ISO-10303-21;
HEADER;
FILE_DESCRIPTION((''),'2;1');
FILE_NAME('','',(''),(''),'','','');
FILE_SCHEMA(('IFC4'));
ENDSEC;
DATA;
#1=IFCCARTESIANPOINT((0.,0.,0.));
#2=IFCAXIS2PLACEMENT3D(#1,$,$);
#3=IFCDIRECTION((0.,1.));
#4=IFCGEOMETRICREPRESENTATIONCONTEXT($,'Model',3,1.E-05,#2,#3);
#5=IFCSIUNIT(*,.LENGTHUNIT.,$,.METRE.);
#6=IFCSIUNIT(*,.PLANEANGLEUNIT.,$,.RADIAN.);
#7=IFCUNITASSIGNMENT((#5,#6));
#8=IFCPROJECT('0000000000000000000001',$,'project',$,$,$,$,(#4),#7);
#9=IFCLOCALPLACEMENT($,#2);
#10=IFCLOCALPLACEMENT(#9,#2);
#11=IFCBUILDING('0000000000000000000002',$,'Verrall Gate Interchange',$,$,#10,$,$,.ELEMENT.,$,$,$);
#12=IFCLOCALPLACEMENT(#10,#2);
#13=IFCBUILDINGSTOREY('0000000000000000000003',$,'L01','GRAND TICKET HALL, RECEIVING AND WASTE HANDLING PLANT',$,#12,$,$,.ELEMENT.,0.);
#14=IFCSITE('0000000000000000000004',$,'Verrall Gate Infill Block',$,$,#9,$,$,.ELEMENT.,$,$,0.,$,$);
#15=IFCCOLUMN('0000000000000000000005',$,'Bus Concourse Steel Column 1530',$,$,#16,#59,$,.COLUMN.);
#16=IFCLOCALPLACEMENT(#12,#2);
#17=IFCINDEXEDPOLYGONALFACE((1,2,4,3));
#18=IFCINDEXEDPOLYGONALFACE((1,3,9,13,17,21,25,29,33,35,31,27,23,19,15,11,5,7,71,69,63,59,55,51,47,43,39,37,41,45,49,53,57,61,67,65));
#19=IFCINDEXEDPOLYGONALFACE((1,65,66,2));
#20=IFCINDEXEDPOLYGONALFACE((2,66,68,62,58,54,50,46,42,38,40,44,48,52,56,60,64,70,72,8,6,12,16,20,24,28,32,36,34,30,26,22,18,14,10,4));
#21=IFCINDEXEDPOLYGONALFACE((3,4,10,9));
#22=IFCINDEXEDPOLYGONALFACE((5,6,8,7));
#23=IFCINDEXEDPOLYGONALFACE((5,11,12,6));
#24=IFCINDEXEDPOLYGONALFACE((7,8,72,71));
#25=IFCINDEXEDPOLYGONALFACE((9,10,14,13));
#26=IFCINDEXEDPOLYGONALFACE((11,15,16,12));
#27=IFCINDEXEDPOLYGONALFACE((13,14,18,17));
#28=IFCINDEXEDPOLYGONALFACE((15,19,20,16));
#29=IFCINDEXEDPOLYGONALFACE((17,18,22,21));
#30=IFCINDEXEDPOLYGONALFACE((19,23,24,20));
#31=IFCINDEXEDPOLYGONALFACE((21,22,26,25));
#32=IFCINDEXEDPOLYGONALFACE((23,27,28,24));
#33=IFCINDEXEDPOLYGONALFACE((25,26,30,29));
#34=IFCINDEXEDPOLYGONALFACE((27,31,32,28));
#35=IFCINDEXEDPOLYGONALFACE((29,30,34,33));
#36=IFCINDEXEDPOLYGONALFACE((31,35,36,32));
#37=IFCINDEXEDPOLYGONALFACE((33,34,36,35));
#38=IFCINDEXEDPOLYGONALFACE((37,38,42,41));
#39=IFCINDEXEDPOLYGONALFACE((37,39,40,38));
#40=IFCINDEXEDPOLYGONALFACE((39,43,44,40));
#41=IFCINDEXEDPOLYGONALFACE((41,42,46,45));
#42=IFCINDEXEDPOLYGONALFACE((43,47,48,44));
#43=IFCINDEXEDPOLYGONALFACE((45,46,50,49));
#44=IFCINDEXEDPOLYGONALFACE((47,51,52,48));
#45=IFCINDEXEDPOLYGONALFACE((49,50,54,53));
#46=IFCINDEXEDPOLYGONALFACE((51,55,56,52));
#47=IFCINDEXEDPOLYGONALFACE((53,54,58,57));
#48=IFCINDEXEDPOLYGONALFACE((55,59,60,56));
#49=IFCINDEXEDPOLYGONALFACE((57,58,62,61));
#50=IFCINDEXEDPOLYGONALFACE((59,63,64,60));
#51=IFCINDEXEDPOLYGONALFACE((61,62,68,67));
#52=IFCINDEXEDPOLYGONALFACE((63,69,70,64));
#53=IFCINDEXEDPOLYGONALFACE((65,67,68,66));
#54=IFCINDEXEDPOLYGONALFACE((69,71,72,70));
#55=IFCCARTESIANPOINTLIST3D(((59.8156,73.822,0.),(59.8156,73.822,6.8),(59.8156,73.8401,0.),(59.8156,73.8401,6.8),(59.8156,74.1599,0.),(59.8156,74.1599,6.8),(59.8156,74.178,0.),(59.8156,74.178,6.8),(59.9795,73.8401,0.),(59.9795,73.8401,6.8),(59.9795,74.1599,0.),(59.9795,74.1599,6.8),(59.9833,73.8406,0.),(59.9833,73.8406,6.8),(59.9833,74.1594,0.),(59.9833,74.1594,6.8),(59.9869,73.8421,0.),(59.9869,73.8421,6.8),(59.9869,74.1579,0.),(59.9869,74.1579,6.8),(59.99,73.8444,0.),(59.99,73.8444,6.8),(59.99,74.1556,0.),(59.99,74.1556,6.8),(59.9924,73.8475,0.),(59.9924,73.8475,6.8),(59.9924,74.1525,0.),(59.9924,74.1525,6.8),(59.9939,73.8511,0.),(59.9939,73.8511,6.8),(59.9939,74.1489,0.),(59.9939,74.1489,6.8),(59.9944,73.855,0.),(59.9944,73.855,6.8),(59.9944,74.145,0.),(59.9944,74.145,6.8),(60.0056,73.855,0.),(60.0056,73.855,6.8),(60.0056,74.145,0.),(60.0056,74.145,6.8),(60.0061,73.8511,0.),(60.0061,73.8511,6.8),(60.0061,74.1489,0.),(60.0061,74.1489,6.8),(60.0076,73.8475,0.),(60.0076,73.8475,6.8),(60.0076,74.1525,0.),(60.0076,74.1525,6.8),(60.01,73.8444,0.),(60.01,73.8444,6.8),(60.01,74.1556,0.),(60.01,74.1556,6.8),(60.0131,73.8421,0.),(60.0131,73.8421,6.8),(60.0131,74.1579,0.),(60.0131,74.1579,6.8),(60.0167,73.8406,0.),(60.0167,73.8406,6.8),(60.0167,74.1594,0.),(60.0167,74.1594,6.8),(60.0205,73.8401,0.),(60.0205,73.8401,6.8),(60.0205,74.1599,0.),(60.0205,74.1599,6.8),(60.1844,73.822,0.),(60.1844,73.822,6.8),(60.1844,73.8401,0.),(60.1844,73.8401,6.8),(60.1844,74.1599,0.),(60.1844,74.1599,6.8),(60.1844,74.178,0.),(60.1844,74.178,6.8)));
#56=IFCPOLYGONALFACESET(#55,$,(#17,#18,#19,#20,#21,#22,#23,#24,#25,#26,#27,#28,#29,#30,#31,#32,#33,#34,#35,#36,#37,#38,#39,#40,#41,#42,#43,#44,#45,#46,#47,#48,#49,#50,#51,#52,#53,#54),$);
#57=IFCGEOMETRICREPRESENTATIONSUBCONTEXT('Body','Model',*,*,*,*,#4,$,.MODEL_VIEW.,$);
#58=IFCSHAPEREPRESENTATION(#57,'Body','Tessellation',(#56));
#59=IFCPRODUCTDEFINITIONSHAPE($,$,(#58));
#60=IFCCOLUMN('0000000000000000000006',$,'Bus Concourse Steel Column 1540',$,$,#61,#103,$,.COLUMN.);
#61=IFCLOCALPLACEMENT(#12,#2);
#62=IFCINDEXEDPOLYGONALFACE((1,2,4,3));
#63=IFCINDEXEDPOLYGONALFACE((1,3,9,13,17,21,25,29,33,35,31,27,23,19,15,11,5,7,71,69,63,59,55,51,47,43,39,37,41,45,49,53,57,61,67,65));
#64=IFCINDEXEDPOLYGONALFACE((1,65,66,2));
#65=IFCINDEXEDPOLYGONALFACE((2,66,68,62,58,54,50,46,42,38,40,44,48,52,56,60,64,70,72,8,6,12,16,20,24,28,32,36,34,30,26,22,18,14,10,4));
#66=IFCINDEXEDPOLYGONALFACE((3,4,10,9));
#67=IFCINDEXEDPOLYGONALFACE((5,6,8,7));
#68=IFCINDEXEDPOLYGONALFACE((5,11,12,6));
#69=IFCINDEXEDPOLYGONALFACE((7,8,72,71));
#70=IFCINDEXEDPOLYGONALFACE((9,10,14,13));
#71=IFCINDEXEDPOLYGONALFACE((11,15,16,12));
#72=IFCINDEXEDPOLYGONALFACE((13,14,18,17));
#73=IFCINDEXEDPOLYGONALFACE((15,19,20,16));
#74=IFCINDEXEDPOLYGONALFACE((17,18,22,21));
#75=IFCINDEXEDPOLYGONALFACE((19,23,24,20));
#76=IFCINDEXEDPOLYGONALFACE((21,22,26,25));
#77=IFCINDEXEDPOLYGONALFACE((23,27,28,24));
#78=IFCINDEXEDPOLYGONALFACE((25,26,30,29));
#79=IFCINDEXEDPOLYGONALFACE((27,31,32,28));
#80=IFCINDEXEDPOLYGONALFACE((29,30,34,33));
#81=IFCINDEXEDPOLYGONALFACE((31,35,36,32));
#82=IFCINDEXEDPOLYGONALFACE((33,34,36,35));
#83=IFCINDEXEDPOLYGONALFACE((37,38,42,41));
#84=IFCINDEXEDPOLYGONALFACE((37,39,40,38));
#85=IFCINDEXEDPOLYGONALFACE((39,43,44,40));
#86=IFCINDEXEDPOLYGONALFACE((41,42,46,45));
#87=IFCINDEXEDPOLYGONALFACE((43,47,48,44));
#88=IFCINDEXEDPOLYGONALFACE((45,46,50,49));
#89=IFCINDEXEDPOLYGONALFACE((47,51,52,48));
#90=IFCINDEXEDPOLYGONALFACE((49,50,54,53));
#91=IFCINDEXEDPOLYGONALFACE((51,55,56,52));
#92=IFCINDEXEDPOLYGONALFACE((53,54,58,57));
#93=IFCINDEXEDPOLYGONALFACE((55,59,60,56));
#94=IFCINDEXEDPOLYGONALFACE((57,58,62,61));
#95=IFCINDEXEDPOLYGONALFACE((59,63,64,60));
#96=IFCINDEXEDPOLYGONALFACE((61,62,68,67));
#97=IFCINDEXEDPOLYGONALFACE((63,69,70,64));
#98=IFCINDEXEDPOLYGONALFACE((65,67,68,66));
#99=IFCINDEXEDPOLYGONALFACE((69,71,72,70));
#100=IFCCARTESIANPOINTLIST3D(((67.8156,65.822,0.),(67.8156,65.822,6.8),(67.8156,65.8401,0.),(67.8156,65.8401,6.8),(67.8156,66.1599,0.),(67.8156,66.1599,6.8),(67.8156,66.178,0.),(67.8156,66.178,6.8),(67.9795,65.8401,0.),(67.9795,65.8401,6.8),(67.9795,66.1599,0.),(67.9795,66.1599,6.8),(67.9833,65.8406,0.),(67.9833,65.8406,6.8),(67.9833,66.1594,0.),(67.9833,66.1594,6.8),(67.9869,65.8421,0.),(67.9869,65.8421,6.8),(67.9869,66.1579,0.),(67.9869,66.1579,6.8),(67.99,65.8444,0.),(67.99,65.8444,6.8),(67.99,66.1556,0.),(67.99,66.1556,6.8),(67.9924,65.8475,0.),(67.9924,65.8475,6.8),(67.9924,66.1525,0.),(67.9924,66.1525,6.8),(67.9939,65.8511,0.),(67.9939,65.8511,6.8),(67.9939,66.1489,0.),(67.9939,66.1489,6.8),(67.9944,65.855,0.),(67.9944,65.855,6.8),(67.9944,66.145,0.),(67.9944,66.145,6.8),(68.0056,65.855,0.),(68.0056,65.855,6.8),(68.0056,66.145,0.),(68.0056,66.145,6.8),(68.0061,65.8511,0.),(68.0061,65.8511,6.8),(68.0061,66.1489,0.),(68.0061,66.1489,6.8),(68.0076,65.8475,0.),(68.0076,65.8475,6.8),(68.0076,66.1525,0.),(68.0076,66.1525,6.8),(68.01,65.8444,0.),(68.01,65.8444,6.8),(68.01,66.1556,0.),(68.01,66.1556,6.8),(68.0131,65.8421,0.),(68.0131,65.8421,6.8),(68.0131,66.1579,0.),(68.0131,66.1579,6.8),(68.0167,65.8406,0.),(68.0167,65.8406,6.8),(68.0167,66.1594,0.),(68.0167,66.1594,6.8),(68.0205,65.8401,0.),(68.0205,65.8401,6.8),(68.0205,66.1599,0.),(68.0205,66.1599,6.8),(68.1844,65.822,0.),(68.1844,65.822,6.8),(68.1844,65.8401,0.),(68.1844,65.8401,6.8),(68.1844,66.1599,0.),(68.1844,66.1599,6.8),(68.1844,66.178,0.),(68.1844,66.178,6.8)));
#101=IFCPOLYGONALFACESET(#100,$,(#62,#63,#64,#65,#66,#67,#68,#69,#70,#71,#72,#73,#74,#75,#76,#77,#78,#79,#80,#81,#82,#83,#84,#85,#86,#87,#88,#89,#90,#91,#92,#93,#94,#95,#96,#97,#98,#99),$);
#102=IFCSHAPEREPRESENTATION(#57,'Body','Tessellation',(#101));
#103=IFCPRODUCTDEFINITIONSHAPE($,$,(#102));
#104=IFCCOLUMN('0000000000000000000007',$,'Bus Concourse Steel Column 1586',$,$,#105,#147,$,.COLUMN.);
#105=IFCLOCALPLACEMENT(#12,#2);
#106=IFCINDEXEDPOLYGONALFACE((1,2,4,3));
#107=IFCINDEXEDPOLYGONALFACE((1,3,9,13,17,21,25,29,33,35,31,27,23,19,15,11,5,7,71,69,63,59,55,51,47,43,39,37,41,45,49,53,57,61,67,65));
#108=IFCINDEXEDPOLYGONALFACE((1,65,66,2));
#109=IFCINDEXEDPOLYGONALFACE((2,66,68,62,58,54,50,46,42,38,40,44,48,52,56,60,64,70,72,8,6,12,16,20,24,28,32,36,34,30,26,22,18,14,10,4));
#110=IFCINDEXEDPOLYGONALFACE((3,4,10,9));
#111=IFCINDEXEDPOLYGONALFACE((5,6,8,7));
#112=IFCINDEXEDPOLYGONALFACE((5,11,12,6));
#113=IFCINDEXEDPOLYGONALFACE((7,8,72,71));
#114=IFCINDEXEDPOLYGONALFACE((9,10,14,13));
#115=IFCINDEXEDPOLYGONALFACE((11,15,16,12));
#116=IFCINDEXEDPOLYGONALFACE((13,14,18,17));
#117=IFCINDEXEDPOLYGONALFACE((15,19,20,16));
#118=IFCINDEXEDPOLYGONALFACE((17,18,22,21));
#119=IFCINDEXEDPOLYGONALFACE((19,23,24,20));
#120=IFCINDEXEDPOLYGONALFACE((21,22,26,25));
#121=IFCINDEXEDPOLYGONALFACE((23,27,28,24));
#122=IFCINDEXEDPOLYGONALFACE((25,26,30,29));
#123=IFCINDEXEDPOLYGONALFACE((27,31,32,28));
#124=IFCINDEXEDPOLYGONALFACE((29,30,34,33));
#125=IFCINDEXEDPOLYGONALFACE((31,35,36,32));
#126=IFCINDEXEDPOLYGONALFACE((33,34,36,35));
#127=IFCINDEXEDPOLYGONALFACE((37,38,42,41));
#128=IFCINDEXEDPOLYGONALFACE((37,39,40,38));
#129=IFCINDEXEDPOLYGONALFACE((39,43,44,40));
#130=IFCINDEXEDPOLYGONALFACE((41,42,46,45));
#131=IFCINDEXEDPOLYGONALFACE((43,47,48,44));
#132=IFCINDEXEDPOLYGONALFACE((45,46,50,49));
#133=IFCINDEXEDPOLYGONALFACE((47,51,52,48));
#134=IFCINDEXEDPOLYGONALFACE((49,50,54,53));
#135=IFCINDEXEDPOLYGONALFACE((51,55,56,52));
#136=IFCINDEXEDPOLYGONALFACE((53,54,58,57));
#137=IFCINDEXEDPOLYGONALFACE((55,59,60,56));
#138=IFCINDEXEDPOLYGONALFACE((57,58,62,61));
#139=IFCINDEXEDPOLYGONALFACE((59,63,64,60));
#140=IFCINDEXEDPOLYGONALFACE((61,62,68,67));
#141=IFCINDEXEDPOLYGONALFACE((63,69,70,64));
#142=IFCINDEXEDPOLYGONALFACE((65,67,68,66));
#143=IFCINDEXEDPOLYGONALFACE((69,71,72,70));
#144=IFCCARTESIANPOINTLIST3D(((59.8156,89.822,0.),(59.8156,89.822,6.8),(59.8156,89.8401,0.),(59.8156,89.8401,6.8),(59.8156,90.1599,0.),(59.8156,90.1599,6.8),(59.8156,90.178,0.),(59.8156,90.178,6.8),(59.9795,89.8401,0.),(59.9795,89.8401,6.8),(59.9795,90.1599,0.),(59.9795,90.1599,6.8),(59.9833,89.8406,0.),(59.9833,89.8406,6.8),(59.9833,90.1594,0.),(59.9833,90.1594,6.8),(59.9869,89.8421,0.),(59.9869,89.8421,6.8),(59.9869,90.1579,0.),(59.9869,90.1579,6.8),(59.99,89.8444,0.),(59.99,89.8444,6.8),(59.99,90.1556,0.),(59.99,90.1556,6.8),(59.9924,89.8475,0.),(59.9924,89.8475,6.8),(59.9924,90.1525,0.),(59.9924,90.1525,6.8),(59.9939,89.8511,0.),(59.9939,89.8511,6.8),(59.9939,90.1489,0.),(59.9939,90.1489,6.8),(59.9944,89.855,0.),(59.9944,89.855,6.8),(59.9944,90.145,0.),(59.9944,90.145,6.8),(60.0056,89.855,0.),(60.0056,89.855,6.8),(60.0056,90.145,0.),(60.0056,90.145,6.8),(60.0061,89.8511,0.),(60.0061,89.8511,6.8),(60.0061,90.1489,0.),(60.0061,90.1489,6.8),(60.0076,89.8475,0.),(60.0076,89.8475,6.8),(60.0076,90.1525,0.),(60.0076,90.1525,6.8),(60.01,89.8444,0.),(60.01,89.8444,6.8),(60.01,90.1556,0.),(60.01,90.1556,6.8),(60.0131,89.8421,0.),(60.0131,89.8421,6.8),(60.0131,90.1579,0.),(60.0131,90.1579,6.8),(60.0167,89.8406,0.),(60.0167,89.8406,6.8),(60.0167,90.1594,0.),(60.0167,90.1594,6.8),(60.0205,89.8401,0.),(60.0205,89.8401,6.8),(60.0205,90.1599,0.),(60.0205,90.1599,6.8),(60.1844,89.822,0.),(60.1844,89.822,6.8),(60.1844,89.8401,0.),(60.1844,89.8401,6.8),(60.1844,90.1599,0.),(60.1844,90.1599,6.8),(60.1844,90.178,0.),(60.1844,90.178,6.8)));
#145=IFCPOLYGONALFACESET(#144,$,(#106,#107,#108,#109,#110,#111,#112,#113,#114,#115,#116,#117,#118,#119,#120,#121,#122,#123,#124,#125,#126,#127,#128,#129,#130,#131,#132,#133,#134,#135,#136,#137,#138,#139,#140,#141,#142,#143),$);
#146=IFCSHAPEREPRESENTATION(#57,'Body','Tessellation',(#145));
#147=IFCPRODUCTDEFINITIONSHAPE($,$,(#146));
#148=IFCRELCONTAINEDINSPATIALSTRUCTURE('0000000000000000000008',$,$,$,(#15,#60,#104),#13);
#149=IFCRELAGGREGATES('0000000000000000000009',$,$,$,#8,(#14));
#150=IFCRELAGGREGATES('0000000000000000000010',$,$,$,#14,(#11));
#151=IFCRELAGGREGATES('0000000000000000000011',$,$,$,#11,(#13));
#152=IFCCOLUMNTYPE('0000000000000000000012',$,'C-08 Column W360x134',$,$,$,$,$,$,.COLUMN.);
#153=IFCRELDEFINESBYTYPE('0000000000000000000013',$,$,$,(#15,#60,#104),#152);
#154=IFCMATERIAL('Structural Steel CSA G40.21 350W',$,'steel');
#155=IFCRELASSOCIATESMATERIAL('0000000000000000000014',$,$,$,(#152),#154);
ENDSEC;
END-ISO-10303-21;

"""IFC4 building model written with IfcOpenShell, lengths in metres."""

from ifc_helpers import new_model, si_unit, direction, frame, origin, origin_2d, place, context, subcontext, project, spatial, i_section, extrude, material, material_profile, profile_set, type_object, element, save


model = new_model("IFC4")

# Units and contexts
model_context = context("Model", 3, precision=1e-05, world=origin(), true_north=direction((0.0, 1.0)))
body_context = subcontext(model_context, "Body", "Model", "MODEL_VIEW")
ifc_project = project(units=[si_unit("LENGTHUNIT", "METRE"), si_unit("PLANEANGLEUNIT", "RADIAN")], contexts=[model_context])

# Site, building, storey
site_placement = place(None, origin())
site = spatial("IfcSite", under=ifc_project, at=site_placement, Name="Verrall Gate Infill Block", CompositionType="ELEMENT", RefElevation=0.0)
building_placement = place(site_placement, origin())
building = spatial("IfcBuilding", under=site, at=building_placement, Name="Verrall Gate Interchange", CompositionType="ELEMENT")
storey_placement = place(building_placement, origin())
storey = spatial("IfcBuildingStorey", under=building, at=storey_placement, Name="L01", Description="GRAND TICKET HALL, RECEIVING AND WASTE HANDLING PLANT", CompositionType="ELEMENT", Elevation=0.0)

# Columns
ifc_material_1 = material(Name="Structural Steel CSA G40.21 350W", Category="steel")
ifc_material_profile_1 = material_profile(ifc_material_1, i_section(OverallWidth=0.3689, OverallDepth=0.356, WebThickness=0.0112, FlangeThickness=0.0181, FilletRadius=0.0149, at=origin_2d()), Name="W360x134")
ifc_profile_set_1 = profile_set([ifc_material_profile_1], Name="Structural Steel CSA G40.21 350W")
column_type = type_object("IfcColumnType", Name="C-08 Column W360x134", PredefinedType="COLUMN", material=ifc_profile_set_1)
for number, where, z_axis, x_axis, name in (
    (1, (60.0, 74.0, 0.0), (0.0, 0.0, 1.0), (1.0, 0.0, 0.0), "Bus Concourse Steel Column 1530"),
    (2, (68.0, 66.0, 0.0), (0.0, 0.0, 1.0), (1.0, 0.0, 0.0), "Bus Concourse Steel Column 1540"),
    (3, (60.0, 90.0, 0.0), (0.0, 0.0, 1.0), (1.0, 0.0, 0.0), "Bus Concourse Steel Column 1586"),
):
    element("IfcColumn", number, at=place(storey_placement, frame(where, z_axis=z_axis, x_axis=x_axis)), inside=storey, type_object=column_type, Name=name, PredefinedType="COLUMN", context=body_context, shape_type="SweptSolid", body=[
        extrude(i_section(OverallWidth=0.3689, OverallDepth=0.356, WebThickness=0.0112, FlangeThickness=0.0181, FilletRadius=0.0149, at=origin_2d()), origin(), (0.0, 0.0, 1.0), 6.8),
    ])

save(model, "model.ifc")
